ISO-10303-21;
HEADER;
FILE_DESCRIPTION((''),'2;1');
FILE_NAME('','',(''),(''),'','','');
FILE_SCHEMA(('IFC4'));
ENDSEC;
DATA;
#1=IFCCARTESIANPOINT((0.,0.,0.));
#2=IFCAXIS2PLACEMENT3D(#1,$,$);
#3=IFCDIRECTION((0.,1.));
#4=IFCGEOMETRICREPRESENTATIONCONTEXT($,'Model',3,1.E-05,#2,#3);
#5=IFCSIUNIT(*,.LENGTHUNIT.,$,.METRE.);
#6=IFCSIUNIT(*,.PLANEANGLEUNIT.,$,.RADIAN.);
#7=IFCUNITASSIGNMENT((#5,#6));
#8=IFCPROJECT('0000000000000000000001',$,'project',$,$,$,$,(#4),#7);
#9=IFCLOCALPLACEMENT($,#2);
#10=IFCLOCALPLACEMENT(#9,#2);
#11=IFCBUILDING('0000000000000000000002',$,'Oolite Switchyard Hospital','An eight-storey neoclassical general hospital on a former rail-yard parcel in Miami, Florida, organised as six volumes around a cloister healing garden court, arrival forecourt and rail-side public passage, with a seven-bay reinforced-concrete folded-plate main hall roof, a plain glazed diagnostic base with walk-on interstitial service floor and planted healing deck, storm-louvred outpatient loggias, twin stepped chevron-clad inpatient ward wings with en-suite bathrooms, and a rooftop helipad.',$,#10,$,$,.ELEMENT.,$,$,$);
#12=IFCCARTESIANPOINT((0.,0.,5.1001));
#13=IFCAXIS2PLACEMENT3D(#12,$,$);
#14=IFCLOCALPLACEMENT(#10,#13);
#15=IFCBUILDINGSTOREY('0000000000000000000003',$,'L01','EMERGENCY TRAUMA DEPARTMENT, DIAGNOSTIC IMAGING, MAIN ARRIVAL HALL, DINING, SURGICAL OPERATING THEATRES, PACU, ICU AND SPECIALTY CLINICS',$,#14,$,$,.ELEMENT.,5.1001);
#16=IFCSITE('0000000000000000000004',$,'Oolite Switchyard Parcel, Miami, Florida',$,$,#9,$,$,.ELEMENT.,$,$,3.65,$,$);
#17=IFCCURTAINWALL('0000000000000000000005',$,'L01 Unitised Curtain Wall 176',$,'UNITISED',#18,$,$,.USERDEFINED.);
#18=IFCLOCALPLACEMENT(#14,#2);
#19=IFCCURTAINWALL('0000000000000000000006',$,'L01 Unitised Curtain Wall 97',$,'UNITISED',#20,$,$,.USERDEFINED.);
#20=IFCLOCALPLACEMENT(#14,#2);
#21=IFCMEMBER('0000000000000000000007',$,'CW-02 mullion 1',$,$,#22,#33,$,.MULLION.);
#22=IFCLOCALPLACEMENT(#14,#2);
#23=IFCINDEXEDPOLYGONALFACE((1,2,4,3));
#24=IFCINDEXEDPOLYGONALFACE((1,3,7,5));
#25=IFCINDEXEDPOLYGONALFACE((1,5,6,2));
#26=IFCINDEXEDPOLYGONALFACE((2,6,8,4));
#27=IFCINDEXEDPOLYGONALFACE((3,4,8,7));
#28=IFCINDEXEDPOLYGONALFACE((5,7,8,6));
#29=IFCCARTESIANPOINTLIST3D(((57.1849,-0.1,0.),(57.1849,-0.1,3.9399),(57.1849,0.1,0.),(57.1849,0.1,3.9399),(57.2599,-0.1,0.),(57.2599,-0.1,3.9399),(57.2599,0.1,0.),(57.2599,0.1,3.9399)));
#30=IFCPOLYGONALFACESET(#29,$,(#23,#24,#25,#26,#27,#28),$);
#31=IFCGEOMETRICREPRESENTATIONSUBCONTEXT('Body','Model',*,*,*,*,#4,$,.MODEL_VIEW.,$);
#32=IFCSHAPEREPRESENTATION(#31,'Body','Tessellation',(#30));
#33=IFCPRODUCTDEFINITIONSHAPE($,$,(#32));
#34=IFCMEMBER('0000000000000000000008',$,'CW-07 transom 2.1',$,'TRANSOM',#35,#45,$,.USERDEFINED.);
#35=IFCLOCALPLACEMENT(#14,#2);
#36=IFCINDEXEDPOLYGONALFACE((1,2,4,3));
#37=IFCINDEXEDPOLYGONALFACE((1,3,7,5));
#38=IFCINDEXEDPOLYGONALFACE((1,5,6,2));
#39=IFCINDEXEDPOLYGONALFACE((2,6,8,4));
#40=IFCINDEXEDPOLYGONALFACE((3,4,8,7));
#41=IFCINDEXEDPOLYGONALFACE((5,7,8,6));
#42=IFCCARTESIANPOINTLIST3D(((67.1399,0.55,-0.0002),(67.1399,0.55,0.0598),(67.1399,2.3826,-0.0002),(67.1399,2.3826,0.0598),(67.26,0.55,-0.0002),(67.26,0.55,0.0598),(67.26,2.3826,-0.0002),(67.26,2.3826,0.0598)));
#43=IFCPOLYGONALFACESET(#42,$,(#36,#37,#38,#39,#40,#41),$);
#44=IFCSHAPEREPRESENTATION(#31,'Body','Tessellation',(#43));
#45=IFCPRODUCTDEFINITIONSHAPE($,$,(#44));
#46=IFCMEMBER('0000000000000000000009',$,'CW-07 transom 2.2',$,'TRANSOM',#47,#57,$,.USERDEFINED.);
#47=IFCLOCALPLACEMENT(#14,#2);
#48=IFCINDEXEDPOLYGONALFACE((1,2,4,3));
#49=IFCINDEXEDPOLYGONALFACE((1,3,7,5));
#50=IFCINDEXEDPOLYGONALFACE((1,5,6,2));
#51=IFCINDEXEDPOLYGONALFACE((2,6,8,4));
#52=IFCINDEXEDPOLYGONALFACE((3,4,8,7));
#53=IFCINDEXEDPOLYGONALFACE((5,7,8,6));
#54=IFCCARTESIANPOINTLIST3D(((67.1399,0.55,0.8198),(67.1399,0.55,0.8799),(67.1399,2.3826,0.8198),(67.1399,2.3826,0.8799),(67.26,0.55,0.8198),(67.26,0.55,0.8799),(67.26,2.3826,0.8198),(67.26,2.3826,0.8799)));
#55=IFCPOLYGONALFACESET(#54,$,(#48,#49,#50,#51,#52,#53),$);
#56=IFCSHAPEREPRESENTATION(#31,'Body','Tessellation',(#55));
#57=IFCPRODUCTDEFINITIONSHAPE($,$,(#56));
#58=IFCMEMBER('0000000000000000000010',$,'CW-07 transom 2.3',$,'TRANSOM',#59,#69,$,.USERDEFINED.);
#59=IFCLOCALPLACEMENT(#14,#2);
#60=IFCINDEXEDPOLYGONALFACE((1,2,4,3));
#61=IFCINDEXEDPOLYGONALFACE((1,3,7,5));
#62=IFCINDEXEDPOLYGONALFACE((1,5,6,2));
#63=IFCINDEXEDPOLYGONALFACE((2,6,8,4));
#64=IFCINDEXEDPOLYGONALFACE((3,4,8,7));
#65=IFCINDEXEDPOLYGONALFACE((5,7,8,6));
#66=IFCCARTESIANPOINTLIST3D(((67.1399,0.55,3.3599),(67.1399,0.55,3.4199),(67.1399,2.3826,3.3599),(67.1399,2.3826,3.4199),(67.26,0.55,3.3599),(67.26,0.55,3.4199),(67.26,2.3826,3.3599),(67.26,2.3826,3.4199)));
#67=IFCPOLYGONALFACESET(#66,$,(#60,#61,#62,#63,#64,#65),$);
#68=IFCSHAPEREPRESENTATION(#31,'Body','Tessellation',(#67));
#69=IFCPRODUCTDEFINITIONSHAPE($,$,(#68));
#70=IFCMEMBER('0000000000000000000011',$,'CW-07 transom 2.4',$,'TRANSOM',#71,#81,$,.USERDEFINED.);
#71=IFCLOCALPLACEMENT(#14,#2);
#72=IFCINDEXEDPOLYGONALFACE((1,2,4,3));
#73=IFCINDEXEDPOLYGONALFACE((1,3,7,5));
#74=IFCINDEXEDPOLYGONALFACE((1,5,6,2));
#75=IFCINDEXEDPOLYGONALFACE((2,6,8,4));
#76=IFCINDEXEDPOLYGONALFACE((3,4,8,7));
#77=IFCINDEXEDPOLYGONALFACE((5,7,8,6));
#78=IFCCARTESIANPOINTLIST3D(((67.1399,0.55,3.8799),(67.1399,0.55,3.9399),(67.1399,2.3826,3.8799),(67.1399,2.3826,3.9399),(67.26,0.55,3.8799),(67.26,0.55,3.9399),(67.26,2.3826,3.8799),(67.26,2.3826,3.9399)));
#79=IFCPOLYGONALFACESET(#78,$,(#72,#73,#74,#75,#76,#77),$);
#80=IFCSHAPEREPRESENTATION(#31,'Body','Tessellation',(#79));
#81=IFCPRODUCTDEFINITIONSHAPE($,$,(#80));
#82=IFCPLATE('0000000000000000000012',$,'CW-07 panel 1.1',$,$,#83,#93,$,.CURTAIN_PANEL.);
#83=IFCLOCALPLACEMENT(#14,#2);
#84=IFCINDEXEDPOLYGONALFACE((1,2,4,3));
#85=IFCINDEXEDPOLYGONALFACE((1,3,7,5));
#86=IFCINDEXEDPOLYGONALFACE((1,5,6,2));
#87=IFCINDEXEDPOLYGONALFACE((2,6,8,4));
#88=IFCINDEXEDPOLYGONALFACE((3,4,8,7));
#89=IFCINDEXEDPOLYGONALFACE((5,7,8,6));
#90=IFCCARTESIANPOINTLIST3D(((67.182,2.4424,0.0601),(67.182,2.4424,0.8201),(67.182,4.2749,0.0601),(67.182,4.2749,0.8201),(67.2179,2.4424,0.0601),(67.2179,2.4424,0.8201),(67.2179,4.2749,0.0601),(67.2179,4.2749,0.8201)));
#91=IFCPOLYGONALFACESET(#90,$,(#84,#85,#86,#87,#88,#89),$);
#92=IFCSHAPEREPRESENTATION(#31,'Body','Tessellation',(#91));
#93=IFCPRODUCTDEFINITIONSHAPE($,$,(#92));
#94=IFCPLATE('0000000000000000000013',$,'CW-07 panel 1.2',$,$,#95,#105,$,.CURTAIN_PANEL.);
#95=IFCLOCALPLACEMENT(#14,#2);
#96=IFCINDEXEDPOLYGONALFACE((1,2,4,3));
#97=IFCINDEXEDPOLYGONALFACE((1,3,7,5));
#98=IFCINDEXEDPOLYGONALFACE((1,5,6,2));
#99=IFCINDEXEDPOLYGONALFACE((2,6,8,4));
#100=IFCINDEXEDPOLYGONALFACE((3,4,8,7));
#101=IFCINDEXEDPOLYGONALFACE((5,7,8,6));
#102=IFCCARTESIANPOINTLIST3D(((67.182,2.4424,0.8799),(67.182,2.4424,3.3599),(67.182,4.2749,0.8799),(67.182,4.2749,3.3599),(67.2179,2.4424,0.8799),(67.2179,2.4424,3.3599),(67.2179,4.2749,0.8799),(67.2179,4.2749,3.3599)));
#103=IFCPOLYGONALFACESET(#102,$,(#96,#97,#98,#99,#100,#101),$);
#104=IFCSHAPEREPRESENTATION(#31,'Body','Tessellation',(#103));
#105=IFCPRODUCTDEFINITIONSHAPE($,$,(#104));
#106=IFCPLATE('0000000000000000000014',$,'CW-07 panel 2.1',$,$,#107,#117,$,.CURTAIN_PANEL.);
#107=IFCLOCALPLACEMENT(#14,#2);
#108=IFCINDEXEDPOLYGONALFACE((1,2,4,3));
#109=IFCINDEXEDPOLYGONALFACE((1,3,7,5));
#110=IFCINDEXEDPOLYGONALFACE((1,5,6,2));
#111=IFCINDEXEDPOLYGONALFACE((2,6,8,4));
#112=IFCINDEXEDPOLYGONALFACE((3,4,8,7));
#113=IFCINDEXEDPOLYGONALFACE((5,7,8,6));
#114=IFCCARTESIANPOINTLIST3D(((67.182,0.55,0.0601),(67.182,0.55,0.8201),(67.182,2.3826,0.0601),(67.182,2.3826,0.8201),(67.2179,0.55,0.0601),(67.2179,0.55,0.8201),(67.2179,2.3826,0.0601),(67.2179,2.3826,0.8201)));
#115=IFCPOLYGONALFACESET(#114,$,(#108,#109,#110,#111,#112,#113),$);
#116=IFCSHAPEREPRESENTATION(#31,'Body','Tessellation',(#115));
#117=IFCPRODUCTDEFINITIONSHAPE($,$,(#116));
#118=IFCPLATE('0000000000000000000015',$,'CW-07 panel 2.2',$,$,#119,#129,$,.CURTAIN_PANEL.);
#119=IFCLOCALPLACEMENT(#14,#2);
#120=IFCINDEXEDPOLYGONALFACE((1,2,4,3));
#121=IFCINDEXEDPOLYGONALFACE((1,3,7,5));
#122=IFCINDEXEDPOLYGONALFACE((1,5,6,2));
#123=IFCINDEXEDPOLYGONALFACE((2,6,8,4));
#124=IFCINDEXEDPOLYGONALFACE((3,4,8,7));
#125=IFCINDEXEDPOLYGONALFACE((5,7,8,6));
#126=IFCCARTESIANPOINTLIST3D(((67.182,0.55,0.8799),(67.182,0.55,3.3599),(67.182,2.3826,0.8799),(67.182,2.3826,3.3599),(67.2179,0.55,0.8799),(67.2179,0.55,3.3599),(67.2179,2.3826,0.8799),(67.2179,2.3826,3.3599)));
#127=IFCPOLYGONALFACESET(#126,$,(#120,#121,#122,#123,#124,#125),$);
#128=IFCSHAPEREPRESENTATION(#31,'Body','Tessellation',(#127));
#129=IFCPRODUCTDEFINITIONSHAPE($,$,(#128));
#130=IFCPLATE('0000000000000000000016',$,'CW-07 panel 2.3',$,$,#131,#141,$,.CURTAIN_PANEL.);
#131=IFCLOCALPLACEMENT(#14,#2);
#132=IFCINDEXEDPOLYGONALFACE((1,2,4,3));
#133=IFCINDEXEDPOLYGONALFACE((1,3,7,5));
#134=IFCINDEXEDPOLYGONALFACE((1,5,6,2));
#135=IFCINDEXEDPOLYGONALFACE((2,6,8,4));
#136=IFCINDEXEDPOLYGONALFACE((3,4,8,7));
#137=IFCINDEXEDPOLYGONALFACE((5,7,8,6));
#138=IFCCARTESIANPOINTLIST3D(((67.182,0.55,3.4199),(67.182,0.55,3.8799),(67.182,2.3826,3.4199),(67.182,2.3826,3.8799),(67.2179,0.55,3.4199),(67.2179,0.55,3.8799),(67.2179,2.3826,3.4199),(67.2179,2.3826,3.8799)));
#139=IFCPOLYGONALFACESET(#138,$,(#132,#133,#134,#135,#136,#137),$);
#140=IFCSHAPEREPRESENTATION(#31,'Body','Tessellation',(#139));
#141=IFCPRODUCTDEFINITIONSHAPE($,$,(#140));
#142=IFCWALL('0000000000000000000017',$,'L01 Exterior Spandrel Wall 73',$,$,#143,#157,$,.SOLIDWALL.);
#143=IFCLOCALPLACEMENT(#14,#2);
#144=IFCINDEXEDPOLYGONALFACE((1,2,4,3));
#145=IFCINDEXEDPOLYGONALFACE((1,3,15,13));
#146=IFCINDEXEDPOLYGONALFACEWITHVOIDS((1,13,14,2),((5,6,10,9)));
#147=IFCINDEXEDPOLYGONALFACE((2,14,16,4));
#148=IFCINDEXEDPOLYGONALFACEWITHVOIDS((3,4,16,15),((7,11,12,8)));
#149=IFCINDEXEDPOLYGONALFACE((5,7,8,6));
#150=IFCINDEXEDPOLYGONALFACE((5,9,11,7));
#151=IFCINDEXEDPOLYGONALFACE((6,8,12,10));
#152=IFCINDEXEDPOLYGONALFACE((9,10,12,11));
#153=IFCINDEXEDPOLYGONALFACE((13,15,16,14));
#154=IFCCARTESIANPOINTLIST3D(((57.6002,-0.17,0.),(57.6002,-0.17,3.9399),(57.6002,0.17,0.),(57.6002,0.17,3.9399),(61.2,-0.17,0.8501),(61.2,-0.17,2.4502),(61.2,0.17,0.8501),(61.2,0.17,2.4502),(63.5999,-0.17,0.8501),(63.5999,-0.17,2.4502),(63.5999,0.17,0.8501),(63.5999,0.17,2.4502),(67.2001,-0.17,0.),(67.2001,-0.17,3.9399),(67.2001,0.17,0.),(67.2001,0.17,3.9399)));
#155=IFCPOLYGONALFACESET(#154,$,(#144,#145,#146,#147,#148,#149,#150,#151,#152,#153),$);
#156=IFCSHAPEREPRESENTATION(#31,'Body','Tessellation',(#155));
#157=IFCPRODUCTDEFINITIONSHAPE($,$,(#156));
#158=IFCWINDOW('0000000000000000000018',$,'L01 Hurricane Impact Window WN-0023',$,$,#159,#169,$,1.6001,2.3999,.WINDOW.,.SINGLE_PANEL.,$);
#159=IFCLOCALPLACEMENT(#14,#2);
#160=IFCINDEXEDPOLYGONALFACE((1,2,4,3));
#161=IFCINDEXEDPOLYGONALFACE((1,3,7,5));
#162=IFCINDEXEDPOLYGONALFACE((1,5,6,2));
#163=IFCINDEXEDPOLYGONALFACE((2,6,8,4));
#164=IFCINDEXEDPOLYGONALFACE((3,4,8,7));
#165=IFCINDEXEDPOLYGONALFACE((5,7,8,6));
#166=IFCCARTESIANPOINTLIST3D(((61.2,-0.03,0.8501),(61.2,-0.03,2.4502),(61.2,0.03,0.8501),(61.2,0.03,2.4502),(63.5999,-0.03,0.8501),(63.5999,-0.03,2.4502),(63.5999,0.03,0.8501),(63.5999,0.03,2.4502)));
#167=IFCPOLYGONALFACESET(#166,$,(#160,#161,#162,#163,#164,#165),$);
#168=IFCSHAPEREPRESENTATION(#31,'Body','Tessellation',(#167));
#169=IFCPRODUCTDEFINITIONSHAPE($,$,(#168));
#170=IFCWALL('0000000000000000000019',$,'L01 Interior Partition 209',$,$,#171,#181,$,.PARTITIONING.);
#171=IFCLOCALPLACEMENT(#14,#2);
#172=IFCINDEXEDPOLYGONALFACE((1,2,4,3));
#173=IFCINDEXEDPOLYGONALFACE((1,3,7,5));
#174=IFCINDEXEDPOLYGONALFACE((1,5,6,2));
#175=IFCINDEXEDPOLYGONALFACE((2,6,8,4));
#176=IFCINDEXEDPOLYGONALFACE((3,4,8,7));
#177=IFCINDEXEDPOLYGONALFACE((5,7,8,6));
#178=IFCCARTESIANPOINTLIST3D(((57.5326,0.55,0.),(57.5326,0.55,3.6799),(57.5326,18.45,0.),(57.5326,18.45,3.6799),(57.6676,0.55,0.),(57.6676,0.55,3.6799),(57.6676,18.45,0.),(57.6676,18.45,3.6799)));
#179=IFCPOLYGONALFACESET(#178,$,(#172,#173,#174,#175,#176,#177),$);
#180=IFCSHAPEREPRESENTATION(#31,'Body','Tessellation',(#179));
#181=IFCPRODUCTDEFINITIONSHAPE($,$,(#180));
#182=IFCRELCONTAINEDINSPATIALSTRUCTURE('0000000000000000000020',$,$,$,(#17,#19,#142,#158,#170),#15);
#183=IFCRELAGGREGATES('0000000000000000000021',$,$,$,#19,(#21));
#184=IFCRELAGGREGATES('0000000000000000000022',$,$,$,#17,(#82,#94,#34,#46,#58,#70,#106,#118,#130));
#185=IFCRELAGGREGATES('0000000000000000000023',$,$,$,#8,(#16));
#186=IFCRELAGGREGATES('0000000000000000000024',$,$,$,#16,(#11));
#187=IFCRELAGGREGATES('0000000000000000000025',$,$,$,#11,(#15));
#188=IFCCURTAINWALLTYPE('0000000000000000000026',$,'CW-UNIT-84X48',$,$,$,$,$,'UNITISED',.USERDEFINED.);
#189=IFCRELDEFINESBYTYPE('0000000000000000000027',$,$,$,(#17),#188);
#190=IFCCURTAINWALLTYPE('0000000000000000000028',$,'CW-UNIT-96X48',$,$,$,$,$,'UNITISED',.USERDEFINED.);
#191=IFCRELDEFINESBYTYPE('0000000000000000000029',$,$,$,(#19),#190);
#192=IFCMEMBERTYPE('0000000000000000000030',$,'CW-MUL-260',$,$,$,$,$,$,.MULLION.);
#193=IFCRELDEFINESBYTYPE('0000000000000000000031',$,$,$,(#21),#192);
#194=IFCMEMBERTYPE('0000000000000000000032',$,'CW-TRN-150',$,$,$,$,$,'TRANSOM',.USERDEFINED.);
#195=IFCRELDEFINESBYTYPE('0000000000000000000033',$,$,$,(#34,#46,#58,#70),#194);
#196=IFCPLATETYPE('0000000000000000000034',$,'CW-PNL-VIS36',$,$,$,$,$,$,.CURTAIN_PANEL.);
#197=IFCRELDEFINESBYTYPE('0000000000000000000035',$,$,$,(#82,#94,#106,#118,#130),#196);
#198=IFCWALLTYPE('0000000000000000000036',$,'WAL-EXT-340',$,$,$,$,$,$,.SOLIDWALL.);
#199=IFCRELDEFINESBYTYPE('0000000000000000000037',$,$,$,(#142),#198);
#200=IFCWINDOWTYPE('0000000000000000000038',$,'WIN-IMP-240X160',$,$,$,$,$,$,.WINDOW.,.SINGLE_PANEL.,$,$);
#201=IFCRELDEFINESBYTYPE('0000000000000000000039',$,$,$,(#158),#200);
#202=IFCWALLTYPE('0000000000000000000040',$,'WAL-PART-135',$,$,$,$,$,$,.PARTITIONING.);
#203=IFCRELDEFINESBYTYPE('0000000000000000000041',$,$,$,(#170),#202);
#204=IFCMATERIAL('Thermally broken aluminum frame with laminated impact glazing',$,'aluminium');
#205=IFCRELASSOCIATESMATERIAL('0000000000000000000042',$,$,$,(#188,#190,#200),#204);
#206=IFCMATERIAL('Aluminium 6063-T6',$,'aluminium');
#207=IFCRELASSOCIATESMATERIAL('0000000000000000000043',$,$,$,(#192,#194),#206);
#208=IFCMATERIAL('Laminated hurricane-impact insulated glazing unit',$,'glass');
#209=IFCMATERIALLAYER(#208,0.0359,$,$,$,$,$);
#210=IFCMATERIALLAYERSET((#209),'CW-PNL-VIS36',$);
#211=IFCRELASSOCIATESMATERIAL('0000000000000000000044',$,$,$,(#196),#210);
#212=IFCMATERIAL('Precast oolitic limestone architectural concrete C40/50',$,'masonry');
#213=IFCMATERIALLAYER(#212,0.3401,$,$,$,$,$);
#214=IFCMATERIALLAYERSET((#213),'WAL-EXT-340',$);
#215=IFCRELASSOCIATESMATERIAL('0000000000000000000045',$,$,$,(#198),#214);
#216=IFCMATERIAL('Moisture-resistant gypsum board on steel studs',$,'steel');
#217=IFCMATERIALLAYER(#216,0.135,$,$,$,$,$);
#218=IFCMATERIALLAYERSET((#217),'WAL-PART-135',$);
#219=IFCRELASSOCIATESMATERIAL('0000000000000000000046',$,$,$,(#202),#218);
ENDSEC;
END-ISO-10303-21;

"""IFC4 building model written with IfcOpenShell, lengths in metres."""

from ifc_helpers import new_model, si_unit, direction, frame, frame_2d, origin, origin_2d, place, context, subcontext, project, spatial, rectangle, extrude, material, layer, layer_set, material_profile, profile_set, type_object, element, fill, aggregate, save


model = new_model("IFC4")

# Units and contexts
model_context = context("Model", 3, precision=1e-05, world=origin(), true_north=direction((0.0, 1.0)))
body_context = subcontext(model_context, "Body", "Model", "MODEL_VIEW")
ifc_project = project(units=[si_unit("LENGTHUNIT", "METRE"), si_unit("PLANEANGLEUNIT", "RADIAN")], contexts=[model_context])

# Site, building, storey
site_placement = place(None, origin())
site = spatial("IfcSite", under=ifc_project, at=site_placement, Name="Oolite Switchyard Parcel, Miami, Florida", CompositionType="ELEMENT", RefElevation=3.65)
building_placement = place(site_placement, origin())
building = spatial("IfcBuilding", under=site, at=building_placement, Name="Oolite Switchyard Hospital", Description="An eight-storey neoclassical general hospital on a former rail-yard parcel in Miami, Florida, organised as six volumes around a cloister healing garden court, arrival forecourt and rail-side public passage, with a seven-bay reinforced-concrete folded-plate main hall roof, a plain glazed diagnostic base with walk-on interstitial service floor and planted healing deck, storm-louvred outpatient loggias, twin stepped chevron-clad inpatient ward wings with en-suite bathrooms, and a rooftop helipad.", CompositionType="ELEMENT")
storey_placement = place(building_placement, frame((0.0, 0.0, 5.1001)))
storey = spatial("IfcBuildingStorey", under=building, at=storey_placement, Name="L01", Description="EMERGENCY TRAUMA DEPARTMENT, DIAGNOSTIC IMAGING, MAIN ARRIVAL HALL, DINING, SURGICAL OPERATING THEATRES, PACU, ICU AND SPECIALTY CLINICS", CompositionType="ELEMENT", Elevation=5.1001)

# Curtain wall
ifc_material_1 = material(Name="Thermally broken aluminum frame with laminated impact glazing", Category="aluminium")
curtain_wall_type_1 = type_object("IfcCurtainWallType", Name="CW-UNIT-84X48", ElementType="UNITISED", PredefinedType="USERDEFINED", material=ifc_material_1)
curtain_wall_1_placement = place(storey_placement, origin())
curtain_wall_1 = element("IfcCurtainWall", 1, at=curtain_wall_1_placement, inside=storey, type_object=curtain_wall_type_1, Name="L01 Unitised Curtain Wall 176", ObjectType="UNITISED", PredefinedType="USERDEFINED")
ifc_material_2 = material(Name="Aluminium 6063-T6", Category="aluminium")

# Curtain wall, member
curtain_wall_type_2 = type_object("IfcCurtainWallType", Name="CW-UNIT-96X48", ElementType="UNITISED", PredefinedType="USERDEFINED", material=ifc_material_1)
curtain_wall_2_placement = place(storey_placement, origin())
curtain_wall_2 = element("IfcCurtainWall", 2, at=curtain_wall_2_placement, inside=storey, type_object=curtain_wall_type_2, Name="L01 Unitised Curtain Wall 97", ObjectType="UNITISED", PredefinedType="USERDEFINED")
ifc_material_profile_1 = material_profile(ifc_material_2, rectangle(XDim=0.2, YDim=0.075, at=origin_2d()), Name="CWM75X200")
ifc_profile_set_1 = profile_set([ifc_material_profile_1], Name="Aluminium 6063-T6")
member_type_1 = type_object("IfcMemberType", Name="CW-MUL-260", PredefinedType="MULLION", material=ifc_profile_set_1)
member_1_placement = place(storey_placement, frame((57.2224, 0.0, 0.0), z_axis=(0.0, 0.0, 1.0), x_axis=(0.0, -1.0, 0.0)))
member_1 = element("IfcMember", 3, at=member_1_placement, type_object=member_type_1, Name="CW-02 mullion 1", PredefinedType="MULLION", context=body_context, shape_type="SweptSolid", body=[
    extrude(rectangle(XDim=0.2, YDim=0.075, at=origin_2d()), origin(), (0.0, 0.0, 1.0), 3.9399),
])
aggregate(curtain_wall_2, [member_1])

# Members
ifc_material_profile_2 = material_profile(ifc_material_2, rectangle(XDim=0.1201, YDim=0.0601, at=origin_2d()), Name="CWT60X120")
ifc_profile_set_2 = profile_set([ifc_material_profile_2], Name="Aluminium 6063-T6")
member_type_2 = type_object("IfcMemberType", Name="CW-TRN-150", ElementType="TRANSOM", PredefinedType="USERDEFINED", material=ifc_profile_set_2)
member_2_placement = place(storey_placement, frame((67.2, 2.3826, 0.0298), z_axis=(0.0, -1.0, 0.0), x_axis=(1.0, 0.0, 0.0)))
member_2 = element("IfcMember", 4, at=member_2_placement, type_object=member_type_2, Name="CW-07 transom 2.1", ObjectType="TRANSOM", PredefinedType="USERDEFINED", context=body_context, shape_type="SweptSolid", body=[
    extrude(rectangle(XDim=0.1201, YDim=0.0601, at=origin_2d()), origin(), (0.0, 0.0, 1.0), 1.8325),
])
member_3_placement = place(storey_placement, frame((67.2, 2.3826, 0.8499), z_axis=(0.0, -1.0, 0.0), x_axis=(1.0, 0.0, 0.0)))
member_3 = element("IfcMember", 5, at=member_3_placement, type_object=member_type_2, Name="CW-07 transom 2.2", ObjectType="TRANSOM", PredefinedType="USERDEFINED", context=body_context, shape_type="SweptSolid", body=[
    extrude(rectangle(XDim=0.1201, YDim=0.0601, at=origin_2d()), origin(), (0.0, 0.0, 1.0), 1.8325),
])
member_4_placement = place(storey_placement, frame((67.2, 2.3826, 3.3899), z_axis=(0.0, -1.0, 0.0), x_axis=(1.0, 0.0, 0.0)))
member_4 = element("IfcMember", 6, at=member_4_placement, type_object=member_type_2, Name="CW-07 transom 2.3", ObjectType="TRANSOM", PredefinedType="USERDEFINED", context=body_context, shape_type="SweptSolid", body=[
    extrude(rectangle(XDim=0.1201, YDim=0.0601, at=origin_2d()), origin(), (0.0, 0.0, 1.0), 1.8325),
])
member_5_placement = place(storey_placement, frame((67.2, 2.3826, 3.9099), z_axis=(0.0, -1.0, 0.0), x_axis=(1.0, 0.0, 0.0)))
member_5 = element("IfcMember", 7, at=member_5_placement, type_object=member_type_2, Name="CW-07 transom 2.4", ObjectType="TRANSOM", PredefinedType="USERDEFINED", context=body_context, shape_type="SweptSolid", body=[
    extrude(rectangle(XDim=0.1201, YDim=0.0601, at=origin_2d()), origin(), (0.0, 0.0, 1.0), 1.8325),
])

# Plates
ifc_material_3 = material(Name="Laminated hurricane-impact insulated glazing unit", Category="glass")
ifc_layer_1 = layer(ifc_material_3, 0.0359)
ifc_layer_set_1 = layer_set([ifc_layer_1], Name="CW-PNL-VIS36")
plate_type = type_object("IfcPlateType", Name="CW-PNL-VIS36", PredefinedType="CURTAIN_PANEL", material=ifc_layer_set_1)
plate_1_placement = place(storey_placement, frame((67.2, 3.3586, 0.0601), z_axis=(0.0, 0.0, 1.0), x_axis=(0.0, -1.0, 0.0)))
plate_1 = element("IfcPlate", 8, at=plate_1_placement, type_object=plate_type, Name="CW-07 panel 1.1", PredefinedType="CURTAIN_PANEL", context=body_context, shape_type="SweptSolid", body=[
    extrude(rectangle(XDim=1.8325, YDim=0.0359, at=origin_2d()), origin(), (0.0, 0.0, 1.0), 0.76),
])
plate_2_placement = place(storey_placement, frame((67.2, 3.3586, 0.8799), z_axis=(0.0, 0.0, 1.0), x_axis=(0.0, -1.0, 0.0)))
plate_2 = element("IfcPlate", 9, at=plate_2_placement, type_object=plate_type, Name="CW-07 panel 1.2", PredefinedType="CURTAIN_PANEL", context=body_context, shape_type="SweptSolid", body=[
    extrude(rectangle(XDim=1.8325, YDim=0.0359, at=origin_2d()), origin(), (0.0, 0.0, 1.0), 2.48),
])
plate_3_placement = place(storey_placement, frame((67.2, 1.4663, 0.0601), z_axis=(0.0, 0.0, 1.0), x_axis=(0.0, -1.0, 0.0)))
plate_3 = element("IfcPlate", 10, at=plate_3_placement, type_object=plate_type, Name="CW-07 panel 2.1", PredefinedType="CURTAIN_PANEL", context=body_context, shape_type="SweptSolid", body=[
    extrude(rectangle(XDim=1.8325, YDim=0.0359, at=origin_2d()), origin(), (0.0, 0.0, 1.0), 0.76),
])
plate_4_placement = place(storey_placement, frame((67.2, 1.4663, 0.8799), z_axis=(0.0, 0.0, 1.0), x_axis=(0.0, -1.0, 0.0)))
plate_4 = element("IfcPlate", 11, at=plate_4_placement, type_object=plate_type, Name="CW-07 panel 2.2", PredefinedType="CURTAIN_PANEL", context=body_context, shape_type="SweptSolid", body=[
    extrude(rectangle(XDim=1.8325, YDim=0.0359, at=origin_2d()), origin(), (0.0, 0.0, 1.0), 2.48),
])
plate_5_placement = place(storey_placement, frame((67.2, 1.4663, 3.4199), z_axis=(0.0, 0.0, 1.0), x_axis=(0.0, -1.0, 0.0)))
plate_5 = element("IfcPlate", 12, at=plate_5_placement, type_object=plate_type, Name="CW-07 panel 2.3", PredefinedType="CURTAIN_PANEL", context=body_context, shape_type="SweptSolid", body=[
    extrude(rectangle(XDim=1.8325, YDim=0.0359, at=origin_2d()), origin(), (0.0, 0.0, 1.0), 0.46),
])
aggregate(curtain_wall_1, [plate_1, plate_2, member_2, member_3, member_4, member_5, plate_3, plate_4, plate_5])

# Wall, opening, window
ifc_material_4 = material(Name="Precast oolitic limestone architectural concrete C40/50", Category="masonry")
ifc_layer_2 = layer(ifc_material_4, 0.3401)
ifc_layer_set_2 = layer_set([ifc_layer_2], Name="WAL-EXT-340")
wall_type_1 = type_object("IfcWallType", Name="WAL-EXT-340", PredefinedType="SOLIDWALL", material=ifc_layer_set_2)
wall_1_placement = place(storey_placement, frame((67.2, 0.0, 0.0), z_axis=(0.0, 0.0, 1.0), x_axis=(-1.0, 0.0, 0.0)))
wall_1 = element("IfcWall", 13, at=wall_1_placement, inside=storey, type_object=wall_type_1, Name="L01 Exterior Spandrel Wall 73", PredefinedType="SOLIDWALL", context=body_context, shape_type="SweptSolid", body=[
    extrude(rectangle(XDim=9.5999, YDim=0.3401, at=frame_2d((4.7998, 0.0))), origin(), (0.0, 0.0, 1.0), 3.9399),
])
opening_placement = place(wall_1_placement, frame((3.6001, 0.0, 0.8501)))
opening = element("IfcOpeningElement", 14, at=opening_placement, cuts=wall_1, PredefinedType="OPENING", context=body_context, shape_type="SweptSolid", body=[
    extrude(rectangle(XDim=2.3999, YDim=1.6001, at=frame_2d((1.2, 0.8))), frame((0.0, 0.1802, 0.0), z_axis=(0.0, -1.0, 0.0), x_axis=(1.0, 0.0, 0.0)), (0.0, 0.0, 1.0), 0.3601),
])
window_type = type_object("IfcWindowType", Name="WIN-IMP-240X160", PartitioningType="SINGLE_PANEL", PredefinedType="WINDOW", material=ifc_material_1)
window_placement = place(opening_placement, origin())
window = element("IfcWindow", 15, at=window_placement, inside=storey, type_object=window_type, Name="L01 Hurricane Impact Window WN-0023", OverallHeight=1.6001, OverallWidth=2.3999, PartitioningType="SINGLE_PANEL", PredefinedType="WINDOW", context=body_context, shape_type="SweptSolid", body=[
    extrude(rectangle(XDim=2.3999, YDim=1.6001, at=frame_2d((1.2, 0.8))), frame((0.0, 0.03, 0.0), z_axis=(0.0, -1.0, 0.0), x_axis=(1.0, 0.0, 0.0)), (0.0, 0.0, 1.0), 0.0601),
])
fill(opening, window)

# Wall
ifc_material_5 = material(Name="Moisture-resistant gypsum board on steel studs", Category="steel")
ifc_layer_3 = layer(ifc_material_5, 0.135)
ifc_layer_set_3 = layer_set([ifc_layer_3], Name="WAL-PART-135")
wall_type_2 = type_object("IfcWallType", Name="WAL-PART-135", PredefinedType="PARTITIONING", material=ifc_layer_set_3)
wall_2_placement = place(storey_placement, frame((57.6001, 0.55, 0.0), z_axis=(0.0, 0.0, 1.0), x_axis=(0.0, 1.0, 0.0)))
element("IfcWall", 16, at=wall_2_placement, inside=storey, type_object=wall_type_2, Name="L01 Interior Partition 209", PredefinedType="PARTITIONING", context=body_context, shape_type="SweptSolid", body=[
    extrude(rectangle(XDim=17.8999, YDim=0.135, at=frame_2d((8.95, 0.0))), origin(), (0.0, 0.0, 1.0), 3.6799),
])

save(model, "model.ifc")
